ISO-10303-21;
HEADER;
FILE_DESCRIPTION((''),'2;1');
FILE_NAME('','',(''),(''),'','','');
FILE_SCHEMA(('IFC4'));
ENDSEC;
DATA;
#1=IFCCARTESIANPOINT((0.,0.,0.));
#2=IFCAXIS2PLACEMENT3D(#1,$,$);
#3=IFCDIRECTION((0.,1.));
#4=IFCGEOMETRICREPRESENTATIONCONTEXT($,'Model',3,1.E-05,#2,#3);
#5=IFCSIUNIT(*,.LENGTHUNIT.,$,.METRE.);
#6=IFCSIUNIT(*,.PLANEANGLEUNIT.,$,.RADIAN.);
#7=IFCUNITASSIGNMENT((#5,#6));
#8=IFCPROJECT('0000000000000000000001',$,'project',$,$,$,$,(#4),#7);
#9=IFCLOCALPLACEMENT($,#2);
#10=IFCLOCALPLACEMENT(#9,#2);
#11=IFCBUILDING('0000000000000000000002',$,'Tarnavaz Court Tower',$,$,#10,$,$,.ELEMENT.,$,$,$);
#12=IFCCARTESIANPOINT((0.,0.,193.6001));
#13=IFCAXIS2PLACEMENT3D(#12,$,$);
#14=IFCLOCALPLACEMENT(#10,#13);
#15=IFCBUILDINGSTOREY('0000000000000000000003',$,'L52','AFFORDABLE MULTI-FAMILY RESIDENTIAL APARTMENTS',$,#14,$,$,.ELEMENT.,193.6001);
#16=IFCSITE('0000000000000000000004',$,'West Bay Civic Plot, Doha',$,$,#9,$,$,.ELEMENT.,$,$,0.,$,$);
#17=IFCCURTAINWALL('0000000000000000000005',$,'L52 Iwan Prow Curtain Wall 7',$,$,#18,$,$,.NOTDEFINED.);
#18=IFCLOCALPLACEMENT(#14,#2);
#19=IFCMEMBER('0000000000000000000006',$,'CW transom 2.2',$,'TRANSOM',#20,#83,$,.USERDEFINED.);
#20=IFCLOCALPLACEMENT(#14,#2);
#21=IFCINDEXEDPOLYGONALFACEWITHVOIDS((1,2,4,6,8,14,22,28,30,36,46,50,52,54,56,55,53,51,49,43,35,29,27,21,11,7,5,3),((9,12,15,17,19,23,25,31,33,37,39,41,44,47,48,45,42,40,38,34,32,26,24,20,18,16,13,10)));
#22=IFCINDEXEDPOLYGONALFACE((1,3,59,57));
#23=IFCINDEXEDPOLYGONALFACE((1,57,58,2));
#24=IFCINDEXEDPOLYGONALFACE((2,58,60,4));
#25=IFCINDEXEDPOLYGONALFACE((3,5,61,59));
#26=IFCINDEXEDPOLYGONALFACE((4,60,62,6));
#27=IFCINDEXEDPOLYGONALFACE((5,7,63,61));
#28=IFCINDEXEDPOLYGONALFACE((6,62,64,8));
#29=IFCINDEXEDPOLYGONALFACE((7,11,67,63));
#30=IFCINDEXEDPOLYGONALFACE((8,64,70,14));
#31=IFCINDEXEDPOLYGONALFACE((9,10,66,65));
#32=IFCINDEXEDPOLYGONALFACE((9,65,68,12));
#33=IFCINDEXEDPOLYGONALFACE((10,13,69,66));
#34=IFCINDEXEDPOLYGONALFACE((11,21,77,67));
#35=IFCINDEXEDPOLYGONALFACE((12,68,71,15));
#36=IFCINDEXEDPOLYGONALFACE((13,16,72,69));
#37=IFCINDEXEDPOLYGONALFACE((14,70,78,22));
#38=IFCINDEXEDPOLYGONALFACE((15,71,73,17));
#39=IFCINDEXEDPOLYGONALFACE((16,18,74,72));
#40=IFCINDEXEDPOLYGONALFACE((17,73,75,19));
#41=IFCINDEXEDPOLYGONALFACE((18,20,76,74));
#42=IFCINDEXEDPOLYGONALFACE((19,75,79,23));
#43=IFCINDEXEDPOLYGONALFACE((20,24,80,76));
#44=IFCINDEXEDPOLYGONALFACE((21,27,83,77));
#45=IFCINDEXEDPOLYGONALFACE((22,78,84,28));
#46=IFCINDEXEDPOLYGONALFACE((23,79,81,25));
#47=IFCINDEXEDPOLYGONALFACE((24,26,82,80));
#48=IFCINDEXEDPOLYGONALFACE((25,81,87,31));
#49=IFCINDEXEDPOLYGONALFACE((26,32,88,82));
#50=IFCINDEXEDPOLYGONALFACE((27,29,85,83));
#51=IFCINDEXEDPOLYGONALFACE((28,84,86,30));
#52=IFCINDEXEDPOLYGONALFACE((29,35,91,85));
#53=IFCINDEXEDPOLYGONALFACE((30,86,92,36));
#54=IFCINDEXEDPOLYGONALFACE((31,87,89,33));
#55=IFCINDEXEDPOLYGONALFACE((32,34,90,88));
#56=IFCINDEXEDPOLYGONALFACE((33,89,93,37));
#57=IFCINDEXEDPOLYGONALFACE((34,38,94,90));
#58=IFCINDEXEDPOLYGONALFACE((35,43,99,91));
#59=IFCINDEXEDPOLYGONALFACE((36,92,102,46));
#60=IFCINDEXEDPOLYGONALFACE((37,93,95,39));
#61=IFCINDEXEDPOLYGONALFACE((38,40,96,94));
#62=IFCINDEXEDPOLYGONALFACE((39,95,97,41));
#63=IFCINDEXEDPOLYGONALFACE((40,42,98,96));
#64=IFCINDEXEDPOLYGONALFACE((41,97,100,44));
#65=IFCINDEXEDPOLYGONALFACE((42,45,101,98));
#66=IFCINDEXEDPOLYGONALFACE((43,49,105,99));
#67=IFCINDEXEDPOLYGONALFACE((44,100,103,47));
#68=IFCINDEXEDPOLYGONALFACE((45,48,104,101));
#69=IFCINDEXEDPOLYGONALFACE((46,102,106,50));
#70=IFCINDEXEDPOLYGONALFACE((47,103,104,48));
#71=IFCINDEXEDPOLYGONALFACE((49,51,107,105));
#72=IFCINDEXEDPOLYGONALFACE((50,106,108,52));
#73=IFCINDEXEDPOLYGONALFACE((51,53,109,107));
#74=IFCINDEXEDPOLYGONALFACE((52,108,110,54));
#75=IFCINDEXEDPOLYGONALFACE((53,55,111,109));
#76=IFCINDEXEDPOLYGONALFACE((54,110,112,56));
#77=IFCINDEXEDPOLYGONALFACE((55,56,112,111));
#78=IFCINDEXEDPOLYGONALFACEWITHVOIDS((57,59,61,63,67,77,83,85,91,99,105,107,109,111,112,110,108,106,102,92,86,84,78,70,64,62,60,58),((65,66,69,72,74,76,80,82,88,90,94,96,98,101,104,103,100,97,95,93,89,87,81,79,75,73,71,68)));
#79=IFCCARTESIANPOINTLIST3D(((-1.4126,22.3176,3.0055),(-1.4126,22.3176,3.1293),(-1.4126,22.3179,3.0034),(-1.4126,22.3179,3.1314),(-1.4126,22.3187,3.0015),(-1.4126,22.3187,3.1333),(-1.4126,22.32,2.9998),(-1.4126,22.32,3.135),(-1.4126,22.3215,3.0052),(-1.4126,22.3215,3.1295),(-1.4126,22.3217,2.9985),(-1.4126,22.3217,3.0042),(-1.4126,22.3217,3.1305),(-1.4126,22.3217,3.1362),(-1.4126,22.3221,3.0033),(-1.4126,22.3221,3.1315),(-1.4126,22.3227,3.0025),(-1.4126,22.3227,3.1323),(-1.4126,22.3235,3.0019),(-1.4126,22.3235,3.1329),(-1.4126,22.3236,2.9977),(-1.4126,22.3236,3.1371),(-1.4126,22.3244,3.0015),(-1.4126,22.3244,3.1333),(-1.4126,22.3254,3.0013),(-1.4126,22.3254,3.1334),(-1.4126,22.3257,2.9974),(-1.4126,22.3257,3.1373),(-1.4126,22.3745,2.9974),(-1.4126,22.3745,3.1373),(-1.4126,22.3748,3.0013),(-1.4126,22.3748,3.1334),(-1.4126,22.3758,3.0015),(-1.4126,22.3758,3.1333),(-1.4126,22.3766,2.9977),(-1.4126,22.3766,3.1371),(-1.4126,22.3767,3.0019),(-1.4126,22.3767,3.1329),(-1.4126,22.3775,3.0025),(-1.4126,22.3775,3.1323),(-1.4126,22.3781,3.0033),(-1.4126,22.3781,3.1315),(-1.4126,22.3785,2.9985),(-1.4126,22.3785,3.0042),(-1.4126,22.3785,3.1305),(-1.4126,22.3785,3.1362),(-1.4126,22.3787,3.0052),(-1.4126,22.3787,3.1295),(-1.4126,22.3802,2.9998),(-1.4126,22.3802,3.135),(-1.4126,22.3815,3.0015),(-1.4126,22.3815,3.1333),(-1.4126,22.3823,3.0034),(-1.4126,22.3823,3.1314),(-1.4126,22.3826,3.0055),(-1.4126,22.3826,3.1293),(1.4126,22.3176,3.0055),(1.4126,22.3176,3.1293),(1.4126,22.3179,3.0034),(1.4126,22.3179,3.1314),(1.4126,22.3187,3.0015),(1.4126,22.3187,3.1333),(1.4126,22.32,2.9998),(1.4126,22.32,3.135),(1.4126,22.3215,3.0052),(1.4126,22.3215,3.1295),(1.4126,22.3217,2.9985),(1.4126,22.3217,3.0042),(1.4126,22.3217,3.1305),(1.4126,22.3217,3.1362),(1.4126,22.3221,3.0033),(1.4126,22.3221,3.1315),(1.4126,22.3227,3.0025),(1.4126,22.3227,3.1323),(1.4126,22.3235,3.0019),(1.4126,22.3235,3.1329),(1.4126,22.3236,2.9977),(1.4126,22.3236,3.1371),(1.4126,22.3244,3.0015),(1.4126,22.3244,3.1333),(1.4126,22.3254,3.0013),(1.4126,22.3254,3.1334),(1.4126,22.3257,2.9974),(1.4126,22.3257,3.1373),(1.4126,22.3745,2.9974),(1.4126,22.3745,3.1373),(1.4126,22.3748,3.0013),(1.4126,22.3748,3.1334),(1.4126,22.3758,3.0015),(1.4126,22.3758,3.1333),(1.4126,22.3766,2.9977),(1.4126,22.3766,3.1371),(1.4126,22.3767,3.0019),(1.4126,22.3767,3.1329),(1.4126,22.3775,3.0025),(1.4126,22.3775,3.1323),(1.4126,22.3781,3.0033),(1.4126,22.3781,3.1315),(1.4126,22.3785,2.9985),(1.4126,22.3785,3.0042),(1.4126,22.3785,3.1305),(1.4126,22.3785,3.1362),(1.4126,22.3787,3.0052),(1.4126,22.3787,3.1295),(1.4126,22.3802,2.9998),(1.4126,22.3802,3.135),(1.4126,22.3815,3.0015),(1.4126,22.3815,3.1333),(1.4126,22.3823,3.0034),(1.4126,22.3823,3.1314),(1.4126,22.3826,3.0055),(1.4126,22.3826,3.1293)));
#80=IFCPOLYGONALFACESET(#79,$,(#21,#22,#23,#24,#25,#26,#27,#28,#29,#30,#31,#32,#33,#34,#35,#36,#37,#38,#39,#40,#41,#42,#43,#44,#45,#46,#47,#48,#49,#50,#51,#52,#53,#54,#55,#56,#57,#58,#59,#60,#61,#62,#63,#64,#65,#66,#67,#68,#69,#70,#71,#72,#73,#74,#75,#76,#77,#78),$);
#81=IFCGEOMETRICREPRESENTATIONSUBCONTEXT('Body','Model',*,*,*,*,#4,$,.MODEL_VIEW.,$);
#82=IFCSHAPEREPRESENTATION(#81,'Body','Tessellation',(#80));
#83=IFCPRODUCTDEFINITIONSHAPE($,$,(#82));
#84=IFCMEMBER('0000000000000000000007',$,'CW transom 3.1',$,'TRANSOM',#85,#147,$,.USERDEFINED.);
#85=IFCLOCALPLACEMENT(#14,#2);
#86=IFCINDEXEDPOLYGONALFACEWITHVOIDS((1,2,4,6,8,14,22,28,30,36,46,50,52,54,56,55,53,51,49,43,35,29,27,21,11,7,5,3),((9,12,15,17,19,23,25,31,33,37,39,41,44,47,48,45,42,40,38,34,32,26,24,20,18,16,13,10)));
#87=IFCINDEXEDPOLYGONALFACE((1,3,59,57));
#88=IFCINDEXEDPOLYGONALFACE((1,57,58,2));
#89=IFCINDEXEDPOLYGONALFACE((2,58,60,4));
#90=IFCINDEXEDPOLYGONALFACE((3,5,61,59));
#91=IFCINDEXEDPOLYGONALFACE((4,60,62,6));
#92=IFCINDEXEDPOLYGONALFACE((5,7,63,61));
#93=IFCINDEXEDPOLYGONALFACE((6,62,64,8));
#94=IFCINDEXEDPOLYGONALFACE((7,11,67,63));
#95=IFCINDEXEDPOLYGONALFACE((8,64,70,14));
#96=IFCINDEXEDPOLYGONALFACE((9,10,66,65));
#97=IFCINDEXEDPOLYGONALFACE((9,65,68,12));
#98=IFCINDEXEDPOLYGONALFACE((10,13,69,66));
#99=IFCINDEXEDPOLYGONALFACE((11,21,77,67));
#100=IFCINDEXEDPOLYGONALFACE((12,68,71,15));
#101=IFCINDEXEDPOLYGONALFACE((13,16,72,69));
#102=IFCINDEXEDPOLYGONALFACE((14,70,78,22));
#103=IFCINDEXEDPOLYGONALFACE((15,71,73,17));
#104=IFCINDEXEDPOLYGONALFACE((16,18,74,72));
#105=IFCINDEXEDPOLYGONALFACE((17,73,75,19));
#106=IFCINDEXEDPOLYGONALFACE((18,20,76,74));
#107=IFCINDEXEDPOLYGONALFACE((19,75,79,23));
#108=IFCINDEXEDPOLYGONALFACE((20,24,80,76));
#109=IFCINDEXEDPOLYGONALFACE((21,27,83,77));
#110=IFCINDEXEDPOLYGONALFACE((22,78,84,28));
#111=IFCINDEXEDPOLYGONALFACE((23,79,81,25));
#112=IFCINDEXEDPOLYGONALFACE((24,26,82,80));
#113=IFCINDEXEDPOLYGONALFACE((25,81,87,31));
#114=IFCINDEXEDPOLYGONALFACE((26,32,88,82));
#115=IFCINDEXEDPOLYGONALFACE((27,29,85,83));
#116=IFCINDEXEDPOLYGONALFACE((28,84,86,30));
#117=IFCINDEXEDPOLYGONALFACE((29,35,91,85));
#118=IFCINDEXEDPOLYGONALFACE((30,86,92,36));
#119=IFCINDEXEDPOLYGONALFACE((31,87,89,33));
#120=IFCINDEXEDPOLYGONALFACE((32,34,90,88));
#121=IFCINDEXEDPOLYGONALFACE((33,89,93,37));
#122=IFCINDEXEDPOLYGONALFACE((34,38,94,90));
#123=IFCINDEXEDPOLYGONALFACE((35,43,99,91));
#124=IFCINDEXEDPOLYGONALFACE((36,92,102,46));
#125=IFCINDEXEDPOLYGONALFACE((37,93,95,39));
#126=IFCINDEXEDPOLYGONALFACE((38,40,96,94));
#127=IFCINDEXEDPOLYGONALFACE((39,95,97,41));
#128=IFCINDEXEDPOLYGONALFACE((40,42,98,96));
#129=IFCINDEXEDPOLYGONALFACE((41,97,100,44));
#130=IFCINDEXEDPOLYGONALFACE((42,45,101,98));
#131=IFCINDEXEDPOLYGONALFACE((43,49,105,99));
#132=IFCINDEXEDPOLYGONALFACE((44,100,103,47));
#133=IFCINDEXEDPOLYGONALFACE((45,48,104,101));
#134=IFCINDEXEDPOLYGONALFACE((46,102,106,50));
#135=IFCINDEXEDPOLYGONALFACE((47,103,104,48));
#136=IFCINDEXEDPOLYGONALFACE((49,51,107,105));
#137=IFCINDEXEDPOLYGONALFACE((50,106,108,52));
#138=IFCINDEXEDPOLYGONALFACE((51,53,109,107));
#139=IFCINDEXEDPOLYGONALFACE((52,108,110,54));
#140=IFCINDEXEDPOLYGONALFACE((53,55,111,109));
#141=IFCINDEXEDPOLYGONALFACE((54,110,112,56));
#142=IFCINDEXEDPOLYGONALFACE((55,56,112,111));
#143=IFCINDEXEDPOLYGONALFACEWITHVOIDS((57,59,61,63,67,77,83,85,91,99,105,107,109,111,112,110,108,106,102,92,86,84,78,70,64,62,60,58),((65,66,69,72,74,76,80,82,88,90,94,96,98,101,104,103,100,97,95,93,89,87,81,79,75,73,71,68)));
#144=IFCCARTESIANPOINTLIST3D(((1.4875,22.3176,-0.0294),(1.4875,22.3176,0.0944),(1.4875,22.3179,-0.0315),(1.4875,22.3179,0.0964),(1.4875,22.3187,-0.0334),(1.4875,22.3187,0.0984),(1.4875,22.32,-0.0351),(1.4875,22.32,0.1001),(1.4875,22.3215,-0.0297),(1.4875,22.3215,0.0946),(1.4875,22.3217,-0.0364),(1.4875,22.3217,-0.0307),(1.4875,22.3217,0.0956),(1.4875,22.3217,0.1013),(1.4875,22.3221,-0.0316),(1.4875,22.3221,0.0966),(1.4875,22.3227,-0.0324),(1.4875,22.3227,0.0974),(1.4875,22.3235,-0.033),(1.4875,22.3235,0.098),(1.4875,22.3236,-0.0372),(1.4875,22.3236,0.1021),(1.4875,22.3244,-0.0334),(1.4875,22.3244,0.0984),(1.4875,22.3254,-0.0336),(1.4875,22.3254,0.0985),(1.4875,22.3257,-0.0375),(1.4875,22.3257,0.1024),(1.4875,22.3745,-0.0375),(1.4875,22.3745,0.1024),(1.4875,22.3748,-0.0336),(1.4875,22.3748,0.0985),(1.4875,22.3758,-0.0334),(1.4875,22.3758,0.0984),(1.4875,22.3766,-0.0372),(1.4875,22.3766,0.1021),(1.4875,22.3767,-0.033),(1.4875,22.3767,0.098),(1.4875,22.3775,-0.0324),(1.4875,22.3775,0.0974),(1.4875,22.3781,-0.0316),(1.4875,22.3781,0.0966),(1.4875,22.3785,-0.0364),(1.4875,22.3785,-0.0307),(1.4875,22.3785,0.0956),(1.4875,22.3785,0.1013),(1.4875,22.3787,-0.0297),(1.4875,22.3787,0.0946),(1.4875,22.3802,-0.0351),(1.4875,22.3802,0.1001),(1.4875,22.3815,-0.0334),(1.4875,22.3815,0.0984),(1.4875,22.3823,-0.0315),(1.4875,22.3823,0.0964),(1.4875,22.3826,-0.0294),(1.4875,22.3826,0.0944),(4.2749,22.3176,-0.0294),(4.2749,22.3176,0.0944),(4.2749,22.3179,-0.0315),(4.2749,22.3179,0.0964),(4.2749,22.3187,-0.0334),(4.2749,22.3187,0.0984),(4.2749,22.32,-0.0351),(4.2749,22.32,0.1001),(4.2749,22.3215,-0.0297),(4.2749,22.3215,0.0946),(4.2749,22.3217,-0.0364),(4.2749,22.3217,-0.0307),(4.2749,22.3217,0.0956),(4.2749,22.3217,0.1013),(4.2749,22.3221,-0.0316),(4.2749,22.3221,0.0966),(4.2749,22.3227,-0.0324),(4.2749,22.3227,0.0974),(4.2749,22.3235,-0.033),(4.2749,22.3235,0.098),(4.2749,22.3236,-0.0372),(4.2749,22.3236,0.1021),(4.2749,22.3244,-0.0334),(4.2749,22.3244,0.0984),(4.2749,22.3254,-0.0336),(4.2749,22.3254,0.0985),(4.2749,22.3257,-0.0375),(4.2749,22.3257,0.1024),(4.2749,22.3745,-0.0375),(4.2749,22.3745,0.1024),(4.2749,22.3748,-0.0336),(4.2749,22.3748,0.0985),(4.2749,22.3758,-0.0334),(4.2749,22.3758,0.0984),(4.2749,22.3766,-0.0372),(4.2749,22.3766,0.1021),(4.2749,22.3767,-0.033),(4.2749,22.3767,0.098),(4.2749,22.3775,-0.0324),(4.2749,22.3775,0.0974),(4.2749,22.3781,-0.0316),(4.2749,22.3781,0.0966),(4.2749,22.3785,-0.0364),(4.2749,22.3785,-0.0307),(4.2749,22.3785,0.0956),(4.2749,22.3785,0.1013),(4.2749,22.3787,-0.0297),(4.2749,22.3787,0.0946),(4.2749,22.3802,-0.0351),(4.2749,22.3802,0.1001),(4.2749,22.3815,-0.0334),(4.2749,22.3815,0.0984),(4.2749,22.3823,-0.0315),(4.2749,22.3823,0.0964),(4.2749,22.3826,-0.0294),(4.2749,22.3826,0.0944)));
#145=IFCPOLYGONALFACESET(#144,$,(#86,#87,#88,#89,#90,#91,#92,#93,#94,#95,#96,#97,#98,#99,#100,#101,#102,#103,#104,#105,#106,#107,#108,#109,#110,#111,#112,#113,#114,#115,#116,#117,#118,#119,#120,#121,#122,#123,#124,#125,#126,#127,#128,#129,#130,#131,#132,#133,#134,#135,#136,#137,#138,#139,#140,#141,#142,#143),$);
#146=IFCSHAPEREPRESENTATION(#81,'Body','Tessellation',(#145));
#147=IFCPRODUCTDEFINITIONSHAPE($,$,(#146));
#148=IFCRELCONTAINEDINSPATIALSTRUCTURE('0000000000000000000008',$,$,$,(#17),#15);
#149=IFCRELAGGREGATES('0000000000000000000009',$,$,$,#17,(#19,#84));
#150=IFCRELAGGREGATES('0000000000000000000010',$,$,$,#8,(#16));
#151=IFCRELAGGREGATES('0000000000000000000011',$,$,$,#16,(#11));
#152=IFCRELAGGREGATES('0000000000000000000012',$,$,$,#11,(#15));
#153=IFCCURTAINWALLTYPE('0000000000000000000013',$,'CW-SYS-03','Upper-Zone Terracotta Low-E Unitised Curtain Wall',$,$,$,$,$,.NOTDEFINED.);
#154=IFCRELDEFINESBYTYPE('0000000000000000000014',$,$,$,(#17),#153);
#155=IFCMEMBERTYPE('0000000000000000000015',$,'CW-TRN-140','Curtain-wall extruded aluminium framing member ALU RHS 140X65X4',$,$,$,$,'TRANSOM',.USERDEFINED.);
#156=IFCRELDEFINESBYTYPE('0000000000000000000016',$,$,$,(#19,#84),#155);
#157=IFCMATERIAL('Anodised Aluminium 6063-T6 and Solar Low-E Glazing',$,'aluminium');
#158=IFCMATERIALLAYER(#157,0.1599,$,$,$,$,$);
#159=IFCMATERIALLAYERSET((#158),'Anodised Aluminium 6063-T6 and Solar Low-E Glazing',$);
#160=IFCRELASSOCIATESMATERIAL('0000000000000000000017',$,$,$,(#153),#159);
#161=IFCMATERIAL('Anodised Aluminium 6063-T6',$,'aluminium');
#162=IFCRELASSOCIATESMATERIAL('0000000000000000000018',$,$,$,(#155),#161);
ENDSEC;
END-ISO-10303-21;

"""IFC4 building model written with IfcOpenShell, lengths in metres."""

from ifc_helpers import new_model, si_unit, direction, frame, origin, origin_2d, place, context, subcontext, project, spatial, hollow_rectangle, extrude, material, layer, layer_set, material_profile, profile_set, type_object, element, aggregate, save


model = new_model("IFC4")

# Units and contexts
model_context = context("Model", 3, precision=1e-05, world=origin(), true_north=direction((0.0, 1.0)))
body_context = subcontext(model_context, "Body", "Model", "MODEL_VIEW")
ifc_project = project(units=[si_unit("LENGTHUNIT", "METRE"), si_unit("PLANEANGLEUNIT", "RADIAN")], contexts=[model_context])

# Site, building, storey
site_placement = place(None, origin())
site = spatial("IfcSite", under=ifc_project, at=site_placement, Name="West Bay Civic Plot, Doha", CompositionType="ELEMENT", RefElevation=0.0)
building_placement = place(site_placement, origin())
building = spatial("IfcBuilding", under=site, at=building_placement, Name="Tarnavaz Court Tower", CompositionType="ELEMENT")
storey_placement = place(building_placement, frame((0.0, 0.0, 193.6001)))
storey = spatial("IfcBuildingStorey", under=building, at=storey_placement, Name="L52", Description="AFFORDABLE MULTI-FAMILY RESIDENTIAL APARTMENTS", CompositionType="ELEMENT", Elevation=193.6001)

# Curtain wall, members
ifc_material_1 = material(Name="Anodised Aluminium 6063-T6 and Solar Low-E Glazing", Category="aluminium")
ifc_layer_1 = layer(ifc_material_1, 0.1599)
ifc_layer_set_1 = layer_set([ifc_layer_1], Name="Anodised Aluminium 6063-T6 and Solar Low-E Glazing")
curtain_wall_type = type_object("IfcCurtainWallType", Name="CW-SYS-03", Description="Upper-Zone Terracotta Low-E Unitised Curtain Wall", PredefinedType="NOTDEFINED", material=ifc_layer_set_1)
curtain_wall_placement = place(storey_placement, origin())
curtain_wall = element("IfcCurtainWall", 1, at=curtain_wall_placement, inside=storey, type_object=curtain_wall_type, Name="L52 Iwan Prow Curtain Wall 7", PredefinedType="NOTDEFINED")
ifc_material_2 = material(Name="Anodised Aluminium 6063-T6", Category="aluminium")
ifc_material_profile_1 = material_profile(ifc_material_2, hollow_rectangle(XDim=0.0649, YDim=0.1399, WallThickness=0.0039, InnerFilletRadius=0.0039, OuterFilletRadius=0.0081, at=origin_2d()), Name="ALU RHS 140X65X4")
ifc_profile_set_1 = profile_set([ifc_material_profile_1], Name="Anodised Aluminium 6063-T6")
member_type_1 = type_object("IfcMemberType", Name="CW-TRN-140", Description="Curtain-wall extruded aluminium framing member ALU RHS 140X65X4", ElementType="TRANSOM", PredefinedType="USERDEFINED", material=ifc_profile_set_1)
member_1_placement = place(storey_placement, frame((-1.4126, 22.3501, 3.0674), z_axis=(1.0, 0.0, 0.0), x_axis=(0.0, 1.0, 0.0)))
member_1 = element("IfcMember", 2, at=member_1_placement, type_object=member_type_1, Name="CW transom 2.2", ObjectType="TRANSOM", PredefinedType="USERDEFINED", context=body_context, shape_type="SweptSolid", body=[
    extrude(hollow_rectangle(XDim=0.0649, YDim=0.1399, WallThickness=0.0039, InnerFilletRadius=0.0039, OuterFilletRadius=0.0081, at=origin_2d()), origin(), (0.0, 0.0, 1.0), 2.8252),
])
member_2_placement = place(storey_placement, frame((1.4875, 22.3501, 0.0325), z_axis=(1.0, 0.0, 0.0), x_axis=(0.0, 1.0, 0.0)))
member_2 = element("IfcMember", 3, at=member_2_placement, type_object=member_type_1, Name="CW transom 3.1", ObjectType="TRANSOM", PredefinedType="USERDEFINED", context=body_context, shape_type="SweptSolid", body=[
    extrude(hollow_rectangle(XDim=0.0649, YDim=0.1399, WallThickness=0.0039, InnerFilletRadius=0.0039, OuterFilletRadius=0.0081, at=origin_2d()), origin(), (0.0, 0.0, 1.0), 2.7874),
])
aggregate(curtain_wall, [member_1, member_2])

save(model, "model.ifc")
